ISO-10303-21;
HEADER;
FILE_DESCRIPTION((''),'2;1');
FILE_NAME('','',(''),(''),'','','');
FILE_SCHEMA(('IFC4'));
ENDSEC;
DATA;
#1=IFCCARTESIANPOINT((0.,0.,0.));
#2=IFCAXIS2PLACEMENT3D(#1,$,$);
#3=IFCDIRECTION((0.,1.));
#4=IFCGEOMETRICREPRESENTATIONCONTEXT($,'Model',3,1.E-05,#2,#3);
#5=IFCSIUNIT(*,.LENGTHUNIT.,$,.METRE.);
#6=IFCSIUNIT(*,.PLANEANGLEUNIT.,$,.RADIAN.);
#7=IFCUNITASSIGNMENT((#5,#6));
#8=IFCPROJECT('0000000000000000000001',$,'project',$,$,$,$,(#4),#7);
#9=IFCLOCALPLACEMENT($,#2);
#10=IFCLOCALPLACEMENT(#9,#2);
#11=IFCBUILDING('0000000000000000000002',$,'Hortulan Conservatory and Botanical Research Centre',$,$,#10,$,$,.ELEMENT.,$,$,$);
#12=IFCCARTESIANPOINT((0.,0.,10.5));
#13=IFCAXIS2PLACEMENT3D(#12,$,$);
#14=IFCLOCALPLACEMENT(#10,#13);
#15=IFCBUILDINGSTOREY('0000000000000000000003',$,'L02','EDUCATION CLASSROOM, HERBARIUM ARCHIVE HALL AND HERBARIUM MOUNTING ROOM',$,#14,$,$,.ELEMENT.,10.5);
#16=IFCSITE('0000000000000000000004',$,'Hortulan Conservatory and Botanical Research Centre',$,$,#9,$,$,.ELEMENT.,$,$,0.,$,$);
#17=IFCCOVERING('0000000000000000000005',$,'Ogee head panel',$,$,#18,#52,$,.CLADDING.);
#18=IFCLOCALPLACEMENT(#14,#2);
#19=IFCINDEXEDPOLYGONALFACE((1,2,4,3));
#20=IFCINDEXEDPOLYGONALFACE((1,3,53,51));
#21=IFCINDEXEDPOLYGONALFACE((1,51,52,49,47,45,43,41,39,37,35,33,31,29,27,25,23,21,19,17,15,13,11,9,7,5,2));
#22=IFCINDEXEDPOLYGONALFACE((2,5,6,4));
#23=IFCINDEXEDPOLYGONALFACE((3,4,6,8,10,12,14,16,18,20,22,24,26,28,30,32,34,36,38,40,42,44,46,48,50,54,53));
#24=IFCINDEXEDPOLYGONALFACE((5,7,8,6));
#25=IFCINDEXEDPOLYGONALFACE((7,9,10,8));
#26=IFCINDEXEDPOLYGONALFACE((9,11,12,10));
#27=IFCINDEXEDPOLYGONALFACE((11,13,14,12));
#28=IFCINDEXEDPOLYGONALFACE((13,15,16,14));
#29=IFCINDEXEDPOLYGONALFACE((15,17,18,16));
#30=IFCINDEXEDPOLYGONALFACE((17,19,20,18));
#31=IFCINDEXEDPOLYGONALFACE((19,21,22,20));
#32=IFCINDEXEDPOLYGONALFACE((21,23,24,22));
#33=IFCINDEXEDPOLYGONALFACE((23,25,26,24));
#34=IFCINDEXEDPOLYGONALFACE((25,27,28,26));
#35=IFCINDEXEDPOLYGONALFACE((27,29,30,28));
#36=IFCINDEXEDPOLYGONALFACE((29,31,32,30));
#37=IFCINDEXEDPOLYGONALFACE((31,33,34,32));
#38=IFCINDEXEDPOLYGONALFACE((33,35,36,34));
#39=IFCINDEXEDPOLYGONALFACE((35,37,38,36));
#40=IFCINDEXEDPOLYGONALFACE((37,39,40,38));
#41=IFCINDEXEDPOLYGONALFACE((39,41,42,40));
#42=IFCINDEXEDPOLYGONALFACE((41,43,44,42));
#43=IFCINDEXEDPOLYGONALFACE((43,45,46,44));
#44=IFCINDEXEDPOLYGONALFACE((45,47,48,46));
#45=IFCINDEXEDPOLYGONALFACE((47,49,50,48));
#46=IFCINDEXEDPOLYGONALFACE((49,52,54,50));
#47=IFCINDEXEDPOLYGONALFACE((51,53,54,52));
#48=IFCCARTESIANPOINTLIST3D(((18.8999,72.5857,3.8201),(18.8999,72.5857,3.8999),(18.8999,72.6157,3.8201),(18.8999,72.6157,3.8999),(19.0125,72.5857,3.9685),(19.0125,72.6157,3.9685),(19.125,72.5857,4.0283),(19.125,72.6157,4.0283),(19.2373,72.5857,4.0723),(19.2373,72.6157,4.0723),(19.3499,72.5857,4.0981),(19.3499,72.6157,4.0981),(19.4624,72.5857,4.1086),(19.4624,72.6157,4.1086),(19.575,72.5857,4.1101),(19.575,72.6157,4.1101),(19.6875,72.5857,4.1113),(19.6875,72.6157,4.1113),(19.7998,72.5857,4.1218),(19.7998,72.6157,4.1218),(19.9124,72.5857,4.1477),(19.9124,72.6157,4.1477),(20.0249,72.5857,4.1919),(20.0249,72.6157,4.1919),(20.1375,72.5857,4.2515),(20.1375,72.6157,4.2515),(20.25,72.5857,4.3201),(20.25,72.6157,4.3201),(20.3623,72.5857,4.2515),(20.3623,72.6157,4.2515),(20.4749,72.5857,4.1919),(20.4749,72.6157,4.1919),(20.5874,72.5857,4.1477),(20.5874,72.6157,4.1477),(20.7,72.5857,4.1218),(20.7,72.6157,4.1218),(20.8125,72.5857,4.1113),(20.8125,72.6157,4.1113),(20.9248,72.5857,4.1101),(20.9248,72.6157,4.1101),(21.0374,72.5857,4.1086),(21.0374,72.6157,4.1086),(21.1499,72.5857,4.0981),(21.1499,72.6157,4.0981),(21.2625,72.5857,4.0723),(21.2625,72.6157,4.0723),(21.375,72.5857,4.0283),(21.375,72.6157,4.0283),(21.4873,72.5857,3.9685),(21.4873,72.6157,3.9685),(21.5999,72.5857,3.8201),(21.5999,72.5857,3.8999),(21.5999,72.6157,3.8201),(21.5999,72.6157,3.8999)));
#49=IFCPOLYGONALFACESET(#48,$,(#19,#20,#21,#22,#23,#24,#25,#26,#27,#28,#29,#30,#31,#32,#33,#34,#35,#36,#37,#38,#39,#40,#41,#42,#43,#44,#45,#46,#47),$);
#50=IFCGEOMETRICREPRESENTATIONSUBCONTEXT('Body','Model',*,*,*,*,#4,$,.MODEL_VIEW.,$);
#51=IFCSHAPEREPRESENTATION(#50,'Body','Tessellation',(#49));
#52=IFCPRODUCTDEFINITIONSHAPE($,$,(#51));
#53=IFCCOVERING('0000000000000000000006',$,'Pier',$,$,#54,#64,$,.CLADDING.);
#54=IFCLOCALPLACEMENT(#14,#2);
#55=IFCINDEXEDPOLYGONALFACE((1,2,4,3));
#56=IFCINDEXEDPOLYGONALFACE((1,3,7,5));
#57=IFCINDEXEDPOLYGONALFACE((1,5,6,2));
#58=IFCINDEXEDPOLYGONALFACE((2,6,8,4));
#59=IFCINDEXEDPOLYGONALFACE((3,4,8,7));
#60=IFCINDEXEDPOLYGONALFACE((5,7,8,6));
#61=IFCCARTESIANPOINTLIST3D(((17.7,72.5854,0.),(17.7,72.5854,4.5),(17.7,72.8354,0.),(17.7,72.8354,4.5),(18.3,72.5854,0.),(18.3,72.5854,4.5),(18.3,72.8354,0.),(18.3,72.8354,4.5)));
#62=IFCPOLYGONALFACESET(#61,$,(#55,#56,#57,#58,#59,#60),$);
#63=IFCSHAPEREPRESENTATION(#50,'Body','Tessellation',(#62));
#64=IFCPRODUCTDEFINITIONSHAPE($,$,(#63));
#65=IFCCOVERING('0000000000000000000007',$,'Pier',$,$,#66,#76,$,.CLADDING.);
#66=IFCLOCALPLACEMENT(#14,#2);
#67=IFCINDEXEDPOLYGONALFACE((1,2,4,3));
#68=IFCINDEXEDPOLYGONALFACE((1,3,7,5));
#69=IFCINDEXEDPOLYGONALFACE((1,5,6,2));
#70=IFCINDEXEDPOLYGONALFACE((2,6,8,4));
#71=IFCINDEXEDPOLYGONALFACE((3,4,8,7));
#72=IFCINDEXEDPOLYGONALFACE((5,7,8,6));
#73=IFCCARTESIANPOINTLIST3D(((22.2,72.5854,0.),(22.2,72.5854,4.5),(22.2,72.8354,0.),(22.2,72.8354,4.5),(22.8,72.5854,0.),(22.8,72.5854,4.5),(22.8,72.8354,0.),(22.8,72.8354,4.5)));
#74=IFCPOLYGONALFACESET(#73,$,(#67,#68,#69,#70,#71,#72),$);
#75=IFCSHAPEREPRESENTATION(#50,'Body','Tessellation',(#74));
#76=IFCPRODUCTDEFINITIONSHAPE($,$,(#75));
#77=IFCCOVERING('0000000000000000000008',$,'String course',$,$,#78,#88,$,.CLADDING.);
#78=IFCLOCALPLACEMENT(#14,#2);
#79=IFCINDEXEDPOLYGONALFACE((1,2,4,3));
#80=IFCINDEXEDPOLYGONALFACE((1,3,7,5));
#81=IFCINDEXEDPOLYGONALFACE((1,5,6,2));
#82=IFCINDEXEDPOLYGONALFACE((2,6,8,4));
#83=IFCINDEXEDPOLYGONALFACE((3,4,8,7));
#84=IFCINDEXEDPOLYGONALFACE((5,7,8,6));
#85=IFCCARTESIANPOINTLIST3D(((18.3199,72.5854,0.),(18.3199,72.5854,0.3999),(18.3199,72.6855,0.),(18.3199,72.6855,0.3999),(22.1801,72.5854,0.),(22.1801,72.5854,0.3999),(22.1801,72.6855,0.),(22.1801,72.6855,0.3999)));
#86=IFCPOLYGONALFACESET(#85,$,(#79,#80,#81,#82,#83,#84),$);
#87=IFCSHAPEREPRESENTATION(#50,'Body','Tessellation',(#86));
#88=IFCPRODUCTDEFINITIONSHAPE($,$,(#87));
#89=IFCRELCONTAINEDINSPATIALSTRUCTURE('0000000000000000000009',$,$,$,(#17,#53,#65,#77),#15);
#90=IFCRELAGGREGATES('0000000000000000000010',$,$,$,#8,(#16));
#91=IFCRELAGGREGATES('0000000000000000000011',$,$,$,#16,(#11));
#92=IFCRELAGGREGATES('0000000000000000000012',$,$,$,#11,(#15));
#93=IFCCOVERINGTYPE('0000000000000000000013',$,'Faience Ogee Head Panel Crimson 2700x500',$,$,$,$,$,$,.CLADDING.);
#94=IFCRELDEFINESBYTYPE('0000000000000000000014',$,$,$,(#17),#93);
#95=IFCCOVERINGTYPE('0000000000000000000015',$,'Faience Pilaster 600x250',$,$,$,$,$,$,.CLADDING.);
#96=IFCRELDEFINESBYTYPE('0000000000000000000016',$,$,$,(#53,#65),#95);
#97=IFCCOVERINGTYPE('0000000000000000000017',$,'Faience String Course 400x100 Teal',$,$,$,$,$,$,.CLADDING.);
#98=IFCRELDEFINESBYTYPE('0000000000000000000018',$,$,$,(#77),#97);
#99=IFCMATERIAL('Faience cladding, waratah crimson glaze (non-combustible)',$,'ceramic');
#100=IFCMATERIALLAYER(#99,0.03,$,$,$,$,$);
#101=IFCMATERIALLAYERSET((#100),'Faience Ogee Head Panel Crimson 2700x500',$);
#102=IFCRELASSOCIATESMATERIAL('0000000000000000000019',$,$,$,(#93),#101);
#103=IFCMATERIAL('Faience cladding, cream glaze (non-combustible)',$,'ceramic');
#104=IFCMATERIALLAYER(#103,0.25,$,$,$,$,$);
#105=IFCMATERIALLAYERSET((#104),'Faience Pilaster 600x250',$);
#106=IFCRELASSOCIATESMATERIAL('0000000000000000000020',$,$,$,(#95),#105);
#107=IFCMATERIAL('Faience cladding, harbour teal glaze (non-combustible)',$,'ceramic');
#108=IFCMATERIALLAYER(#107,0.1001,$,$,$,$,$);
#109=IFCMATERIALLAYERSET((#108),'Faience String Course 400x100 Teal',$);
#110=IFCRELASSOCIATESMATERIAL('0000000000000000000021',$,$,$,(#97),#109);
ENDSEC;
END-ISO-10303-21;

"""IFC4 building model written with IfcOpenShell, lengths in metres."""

from ifc_helpers import new_model, si_unit, direction, frame, origin, origin_2d, place, context, subcontext, project, spatial, polyline, rectangle, outline, extrude, material, layer, layer_set, type_object, element, save


model = new_model("IFC4")

# Units and contexts
model_context = context("Model", 3, precision=1e-05, world=origin(), true_north=direction((0.0, 1.0)))
body_context = subcontext(model_context, "Body", "Model", "MODEL_VIEW")
ifc_project = project(units=[si_unit("LENGTHUNIT", "METRE"), si_unit("PLANEANGLEUNIT", "RADIAN")], contexts=[model_context])

# Site, building, storey
site_placement = place(None, origin())
site = spatial("IfcSite", under=ifc_project, at=site_placement, Name="Hortulan Conservatory and Botanical Research Centre", CompositionType="ELEMENT", RefElevation=0.0)
building_placement = place(site_placement, origin())
building = spatial("IfcBuilding", under=site, at=building_placement, Name="Hortulan Conservatory and Botanical Research Centre", CompositionType="ELEMENT")
storey_placement = place(building_placement, frame((0.0, 0.0, 10.5)))
storey = spatial("IfcBuildingStorey", under=building, at=storey_placement, Name="L02", Description="EDUCATION CLASSROOM, HERBARIUM ARCHIVE HALL AND HERBARIUM MOUNTING ROOM", CompositionType="ELEMENT", Elevation=10.5)

# Coverings
ifc_material_1 = material(Name="Faience cladding, waratah crimson glaze (non-combustible)", Category="ceramic")
ifc_layer_1 = layer(ifc_material_1, 0.03)
ifc_layer_set_1 = layer_set([ifc_layer_1], Name="Faience Ogee Head Panel Crimson 2700x500")
covering_type_1 = type_object("IfcCoveringType", Name="Faience Ogee Head Panel Crimson 2700x500", PredefinedType="CLADDING", material=ifc_layer_set_1)
covering_1_placement = place(storey_placement, frame((18.8999, 72.6006, 3.8201), z_axis=(0.0, 0.0, 1.0), x_axis=(1.0, 0.0, 0.0)))
element("IfcCovering", 1, at=covering_1_placement, inside=storey, type_object=covering_type_1, Name="Ogee head panel", PredefinedType="CLADDING", context=body_context, shape_type="SweptSolid", body=[
    extrude(outline(polyline([(0.0, 0.0), (2.7, 0.0), (2.7, 0.0798), (2.5874, 0.1484), (2.4751, 0.2083), (2.3625, 0.2522), (2.25, 0.2781), (2.1375, 0.2886), (2.0249, 0.29), (1.9126, 0.2913), (1.8, 0.3018), (1.6875, 0.3276), (1.575, 0.3718), (1.4624, 0.4314), (1.3501, 0.5), (1.2375, 0.4314), (1.125, 0.3718), (1.0125, 0.3276), (0.8999, 0.3018), (0.7876, 0.2913), (0.675, 0.29), (0.5625, 0.2886), (0.45, 0.2781), (0.3374, 0.2522), (0.2251, 0.2083), (0.1125, 0.1484), (0.0, 0.0798), (0.0, 0.0)])), frame((0.0, 0.0151, 0.0), z_axis=(0.0, -1.0, 0.0), x_axis=(1.0, 0.0, 0.0)), (0.0, 0.0, 1.0), 0.03),
])
ifc_material_2 = material(Name="Faience cladding, cream glaze (non-combustible)", Category="ceramic")
ifc_layer_2 = layer(ifc_material_2, 0.25)
ifc_layer_set_2 = layer_set([ifc_layer_2], Name="Faience Pilaster 600x250")
covering_type_2 = type_object("IfcCoveringType", Name="Faience Pilaster 600x250", PredefinedType="CLADDING", material=ifc_layer_set_2)
for number, where, z_axis, x_axis, name in (
    (2, (18.0, 72.7104, 0.0), (0.0, 0.0, 1.0), (1.0, 0.0, 0.0), "Pier"),
    (3, (22.5, 72.7104, 0.0), (0.0, 0.0, 1.0), (1.0, 0.0, 0.0), "Pier"),
):
    element("IfcCovering", number, at=place(storey_placement, frame(where, z_axis=z_axis, x_axis=x_axis)), inside=storey, type_object=covering_type_2, Name=name, PredefinedType="CLADDING", context=body_context, shape_type="SweptSolid", body=[
        extrude(rectangle(XDim=0.6001, YDim=0.25, at=origin_2d()), origin(), (0.0, 0.0, 1.0), 4.5),
    ])
ifc_material_3 = material(Name="Faience cladding, harbour teal glaze (non-combustible)", Category="ceramic")
ifc_layer_3 = layer(ifc_material_3, 0.1001)
ifc_layer_set_3 = layer_set([ifc_layer_3], Name="Faience String Course 400x100 Teal")
covering_type_3 = type_object("IfcCoveringType", Name="Faience String Course 400x100 Teal", PredefinedType="CLADDING", material=ifc_layer_set_3)
covering_2_placement = place(storey_placement, frame((20.25, 72.6355, 0.0), z_axis=(0.0, 0.0, 1.0), x_axis=(1.0, 0.0, 0.0)))
element("IfcCovering", 4, at=covering_2_placement, inside=storey, type_object=covering_type_3, Name="String course", PredefinedType="CLADDING", context=body_context, shape_type="SweptSolid", body=[
    extrude(rectangle(XDim=3.8601, YDim=0.1001, at=origin_2d()), origin(), (0.0, 0.0, 1.0), 0.3999),
])

save(model, "model.ifc")
